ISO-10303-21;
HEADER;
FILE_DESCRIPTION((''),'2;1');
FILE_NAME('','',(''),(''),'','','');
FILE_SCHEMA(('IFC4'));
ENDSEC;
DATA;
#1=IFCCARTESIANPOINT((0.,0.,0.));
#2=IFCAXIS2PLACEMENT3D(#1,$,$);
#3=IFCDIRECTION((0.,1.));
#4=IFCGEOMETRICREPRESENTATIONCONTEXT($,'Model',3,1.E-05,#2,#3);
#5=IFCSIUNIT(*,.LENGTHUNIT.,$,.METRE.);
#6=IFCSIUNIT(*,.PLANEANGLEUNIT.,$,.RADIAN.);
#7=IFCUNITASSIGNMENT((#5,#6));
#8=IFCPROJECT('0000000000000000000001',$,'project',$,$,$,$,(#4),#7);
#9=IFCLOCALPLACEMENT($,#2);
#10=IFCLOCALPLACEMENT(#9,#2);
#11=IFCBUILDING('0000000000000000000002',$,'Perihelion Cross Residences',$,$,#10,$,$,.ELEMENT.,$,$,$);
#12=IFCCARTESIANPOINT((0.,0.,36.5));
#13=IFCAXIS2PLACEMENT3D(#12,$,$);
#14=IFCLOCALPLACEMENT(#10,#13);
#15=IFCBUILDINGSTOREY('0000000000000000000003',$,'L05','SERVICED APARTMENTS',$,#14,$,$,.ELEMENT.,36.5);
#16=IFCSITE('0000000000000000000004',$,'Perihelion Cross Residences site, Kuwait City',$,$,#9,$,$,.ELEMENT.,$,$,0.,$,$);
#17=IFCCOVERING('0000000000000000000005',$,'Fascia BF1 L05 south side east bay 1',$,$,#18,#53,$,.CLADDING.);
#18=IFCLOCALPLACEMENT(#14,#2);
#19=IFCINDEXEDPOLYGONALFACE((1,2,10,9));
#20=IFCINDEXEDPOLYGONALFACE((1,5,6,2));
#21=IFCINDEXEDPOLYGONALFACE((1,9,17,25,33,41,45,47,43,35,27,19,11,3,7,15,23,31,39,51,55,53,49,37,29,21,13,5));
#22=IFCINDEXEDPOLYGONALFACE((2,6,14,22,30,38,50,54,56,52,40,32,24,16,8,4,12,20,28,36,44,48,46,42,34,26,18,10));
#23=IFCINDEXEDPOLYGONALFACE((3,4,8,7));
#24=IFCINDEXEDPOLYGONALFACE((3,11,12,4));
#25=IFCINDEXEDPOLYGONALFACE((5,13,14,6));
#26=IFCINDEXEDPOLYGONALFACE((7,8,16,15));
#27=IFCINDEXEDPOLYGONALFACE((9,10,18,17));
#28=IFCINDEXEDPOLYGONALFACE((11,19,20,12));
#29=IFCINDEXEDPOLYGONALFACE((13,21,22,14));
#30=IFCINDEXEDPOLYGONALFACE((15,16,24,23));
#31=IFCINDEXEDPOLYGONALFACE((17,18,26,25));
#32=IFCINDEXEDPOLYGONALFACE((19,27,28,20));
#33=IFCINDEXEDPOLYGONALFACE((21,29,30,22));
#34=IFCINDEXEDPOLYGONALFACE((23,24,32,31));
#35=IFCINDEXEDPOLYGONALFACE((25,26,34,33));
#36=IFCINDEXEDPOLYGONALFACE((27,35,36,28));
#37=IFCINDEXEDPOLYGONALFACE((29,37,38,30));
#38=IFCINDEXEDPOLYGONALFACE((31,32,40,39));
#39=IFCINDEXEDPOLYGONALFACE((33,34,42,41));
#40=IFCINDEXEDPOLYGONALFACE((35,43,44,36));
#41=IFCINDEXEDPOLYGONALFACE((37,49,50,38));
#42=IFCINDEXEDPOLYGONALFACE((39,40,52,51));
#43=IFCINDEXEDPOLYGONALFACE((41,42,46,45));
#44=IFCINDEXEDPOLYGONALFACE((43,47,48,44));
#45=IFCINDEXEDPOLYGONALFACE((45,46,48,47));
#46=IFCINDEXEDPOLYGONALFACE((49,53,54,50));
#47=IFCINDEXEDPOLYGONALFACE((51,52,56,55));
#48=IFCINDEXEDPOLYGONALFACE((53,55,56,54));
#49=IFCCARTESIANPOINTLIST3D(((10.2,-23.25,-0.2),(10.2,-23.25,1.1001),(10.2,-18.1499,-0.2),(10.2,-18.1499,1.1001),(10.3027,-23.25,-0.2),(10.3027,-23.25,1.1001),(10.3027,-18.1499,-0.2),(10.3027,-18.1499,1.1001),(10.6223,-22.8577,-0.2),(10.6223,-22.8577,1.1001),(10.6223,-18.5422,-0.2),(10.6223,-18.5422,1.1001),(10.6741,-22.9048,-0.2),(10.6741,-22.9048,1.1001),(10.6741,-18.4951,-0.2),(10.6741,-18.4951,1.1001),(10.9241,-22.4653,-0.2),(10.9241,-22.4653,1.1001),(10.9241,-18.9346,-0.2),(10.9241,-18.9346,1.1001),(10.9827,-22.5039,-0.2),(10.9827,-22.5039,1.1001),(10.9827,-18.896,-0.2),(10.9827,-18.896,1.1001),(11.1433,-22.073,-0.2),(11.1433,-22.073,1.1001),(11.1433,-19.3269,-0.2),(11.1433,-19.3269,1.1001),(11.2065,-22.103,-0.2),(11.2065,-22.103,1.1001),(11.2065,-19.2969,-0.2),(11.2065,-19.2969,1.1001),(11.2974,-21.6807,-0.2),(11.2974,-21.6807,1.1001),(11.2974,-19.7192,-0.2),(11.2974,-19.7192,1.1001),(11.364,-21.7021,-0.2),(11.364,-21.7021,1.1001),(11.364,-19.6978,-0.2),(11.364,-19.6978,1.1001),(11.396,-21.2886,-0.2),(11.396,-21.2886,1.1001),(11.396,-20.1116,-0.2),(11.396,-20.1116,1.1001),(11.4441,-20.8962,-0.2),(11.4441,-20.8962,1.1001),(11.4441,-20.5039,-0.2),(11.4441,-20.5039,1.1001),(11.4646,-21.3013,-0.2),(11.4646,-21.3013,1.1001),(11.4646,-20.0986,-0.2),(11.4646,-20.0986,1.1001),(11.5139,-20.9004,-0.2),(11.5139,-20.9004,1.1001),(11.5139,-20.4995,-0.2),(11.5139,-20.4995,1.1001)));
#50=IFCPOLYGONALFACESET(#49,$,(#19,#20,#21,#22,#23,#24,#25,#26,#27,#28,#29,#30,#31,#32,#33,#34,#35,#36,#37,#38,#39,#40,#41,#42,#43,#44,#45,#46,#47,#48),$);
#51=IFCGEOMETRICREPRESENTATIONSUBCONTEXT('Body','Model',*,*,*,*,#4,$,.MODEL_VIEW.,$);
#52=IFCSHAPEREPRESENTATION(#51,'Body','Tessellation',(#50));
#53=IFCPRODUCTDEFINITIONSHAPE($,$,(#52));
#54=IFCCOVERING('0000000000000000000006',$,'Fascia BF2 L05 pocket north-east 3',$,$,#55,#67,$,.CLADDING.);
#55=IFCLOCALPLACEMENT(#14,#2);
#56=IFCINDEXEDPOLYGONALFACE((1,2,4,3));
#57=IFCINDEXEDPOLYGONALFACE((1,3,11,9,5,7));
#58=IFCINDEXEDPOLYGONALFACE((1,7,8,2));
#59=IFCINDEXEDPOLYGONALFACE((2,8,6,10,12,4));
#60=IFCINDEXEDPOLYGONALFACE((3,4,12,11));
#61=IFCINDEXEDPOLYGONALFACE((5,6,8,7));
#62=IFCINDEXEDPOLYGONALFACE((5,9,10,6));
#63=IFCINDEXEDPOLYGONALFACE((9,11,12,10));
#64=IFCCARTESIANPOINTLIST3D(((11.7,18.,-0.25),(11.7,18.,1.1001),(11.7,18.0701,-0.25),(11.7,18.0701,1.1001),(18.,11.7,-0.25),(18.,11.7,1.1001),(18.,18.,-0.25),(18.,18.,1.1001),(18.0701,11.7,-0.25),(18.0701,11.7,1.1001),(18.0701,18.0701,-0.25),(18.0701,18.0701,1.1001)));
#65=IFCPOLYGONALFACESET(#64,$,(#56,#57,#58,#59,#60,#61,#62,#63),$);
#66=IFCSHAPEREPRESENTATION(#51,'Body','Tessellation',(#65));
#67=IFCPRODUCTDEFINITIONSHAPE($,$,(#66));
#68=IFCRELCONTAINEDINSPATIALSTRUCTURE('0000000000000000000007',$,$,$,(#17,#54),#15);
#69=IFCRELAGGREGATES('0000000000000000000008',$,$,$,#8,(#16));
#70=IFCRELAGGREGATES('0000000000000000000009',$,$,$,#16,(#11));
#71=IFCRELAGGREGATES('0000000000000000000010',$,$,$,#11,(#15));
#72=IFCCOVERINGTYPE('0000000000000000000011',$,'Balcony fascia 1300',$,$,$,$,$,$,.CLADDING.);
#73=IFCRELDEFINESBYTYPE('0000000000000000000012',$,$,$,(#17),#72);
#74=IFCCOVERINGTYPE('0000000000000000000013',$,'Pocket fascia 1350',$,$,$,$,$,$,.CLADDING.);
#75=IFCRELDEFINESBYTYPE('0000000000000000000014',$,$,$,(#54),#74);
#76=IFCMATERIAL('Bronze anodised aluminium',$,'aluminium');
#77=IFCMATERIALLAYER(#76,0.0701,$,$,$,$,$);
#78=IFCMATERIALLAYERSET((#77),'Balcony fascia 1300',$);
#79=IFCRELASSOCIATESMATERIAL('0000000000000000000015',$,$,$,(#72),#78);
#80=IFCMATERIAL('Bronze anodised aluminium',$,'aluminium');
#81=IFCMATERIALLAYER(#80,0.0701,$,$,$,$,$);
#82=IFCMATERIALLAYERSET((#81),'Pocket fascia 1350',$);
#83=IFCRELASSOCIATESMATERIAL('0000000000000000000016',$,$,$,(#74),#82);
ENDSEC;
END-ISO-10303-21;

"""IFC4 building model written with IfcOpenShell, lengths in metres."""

from ifc_helpers import new_model, si_unit, direction, frame, origin, place, context, subcontext, project, spatial, polyline, outline, extrude, material, layer, layer_set, type_object, element, save


model = new_model("IFC4")

# Units and contexts
model_context = context("Model", 3, precision=1e-05, world=origin(), true_north=direction((0.0, 1.0)))
body_context = subcontext(model_context, "Body", "Model", "MODEL_VIEW")
ifc_project = project(units=[si_unit("LENGTHUNIT", "METRE"), si_unit("PLANEANGLEUNIT", "RADIAN")], contexts=[model_context])

# Site, building, storey
site_placement = place(None, origin())
site = spatial("IfcSite", under=ifc_project, at=site_placement, Name="Perihelion Cross Residences site, Kuwait City", CompositionType="ELEMENT", RefElevation=0.0)
building_placement = place(site_placement, origin())
building = spatial("IfcBuilding", under=site, at=building_placement, Name="Perihelion Cross Residences", CompositionType="ELEMENT")
storey_placement = place(building_placement, frame((0.0, 0.0, 36.5)))
storey = spatial("IfcBuildingStorey", under=building, at=storey_placement, Name="L05", Description="SERVICED APARTMENTS", CompositionType="ELEMENT", Elevation=36.5)

# Coverings
ifc_material_1 = material(Name="Bronze anodised aluminium", Category="aluminium")
ifc_layer_1 = layer(ifc_material_1, 0.0701)
ifc_layer_set_1 = layer_set([ifc_layer_1], Name="Balcony fascia 1300")
covering_type_1 = type_object("IfcCoveringType", Name="Balcony fascia 1300", PredefinedType="CLADDING", material=ifc_layer_set_1)
covering_1_placement = place(storey_placement, frame((0.0, 0.0, -0.2)))
element("IfcCovering", 1, at=covering_1_placement, inside=storey, type_object=covering_type_1, Name="Fascia BF1 L05 south side east bay 1", PredefinedType="CLADDING", context=body_context, shape_type="SweptSolid", body=[
    extrude(outline(polyline([(10.6741, -22.9048), (10.9827, -22.5039), (11.2065, -22.103), (11.364, -21.7021), (11.4646, -21.3013), (11.5139, -20.9004), (11.5139, -20.4995), (11.4646, -20.0986), (11.364, -19.6978), (11.2065, -19.2969), (10.9827, -18.896), (10.6741, -18.4951), (10.3027, -18.1499), (10.2, -18.1499), (10.6223, -18.5422), (10.9241, -18.9346), (11.1433, -19.3269), (11.2974, -19.7192), (11.396, -20.1116), (11.4441, -20.5039), (11.4441, -20.8962), (11.396, -21.2886), (11.2974, -21.6807), (11.1433, -22.073), (10.9241, -22.4653), (10.6223, -22.8577), (10.2, -23.25), (10.3027, -23.25), (10.6741, -22.9048)])), origin(), (0.0, 0.0, 1.0), 1.3),
])
ifc_material_2 = material(Name="Bronze anodised aluminium", Category="aluminium")
ifc_layer_2 = layer(ifc_material_2, 0.0701)
ifc_layer_set_2 = layer_set([ifc_layer_2], Name="Pocket fascia 1350")
covering_type_2 = type_object("IfcCoveringType", Name="Pocket fascia 1350", PredefinedType="CLADDING", material=ifc_layer_set_2)
covering_2_placement = place(storey_placement, frame((0.0, 0.0, -0.25)))
element("IfcCovering", 2, at=covering_2_placement, inside=storey, type_object=covering_type_2, Name="Fascia BF2 L05 pocket north-east 3", PredefinedType="CLADDING", context=body_context, shape_type="SweptSolid", body=[
    extrude(outline(polyline([(18.0701, 18.0701), (11.7, 18.0701), (11.7, 18.0), (18.0, 18.0), (18.0, 11.7), (18.0701, 11.7), (18.0701, 18.0701)])), origin(), (0.0, 0.0, 1.0), 1.3501),
])

save(model, "model.ifc")
